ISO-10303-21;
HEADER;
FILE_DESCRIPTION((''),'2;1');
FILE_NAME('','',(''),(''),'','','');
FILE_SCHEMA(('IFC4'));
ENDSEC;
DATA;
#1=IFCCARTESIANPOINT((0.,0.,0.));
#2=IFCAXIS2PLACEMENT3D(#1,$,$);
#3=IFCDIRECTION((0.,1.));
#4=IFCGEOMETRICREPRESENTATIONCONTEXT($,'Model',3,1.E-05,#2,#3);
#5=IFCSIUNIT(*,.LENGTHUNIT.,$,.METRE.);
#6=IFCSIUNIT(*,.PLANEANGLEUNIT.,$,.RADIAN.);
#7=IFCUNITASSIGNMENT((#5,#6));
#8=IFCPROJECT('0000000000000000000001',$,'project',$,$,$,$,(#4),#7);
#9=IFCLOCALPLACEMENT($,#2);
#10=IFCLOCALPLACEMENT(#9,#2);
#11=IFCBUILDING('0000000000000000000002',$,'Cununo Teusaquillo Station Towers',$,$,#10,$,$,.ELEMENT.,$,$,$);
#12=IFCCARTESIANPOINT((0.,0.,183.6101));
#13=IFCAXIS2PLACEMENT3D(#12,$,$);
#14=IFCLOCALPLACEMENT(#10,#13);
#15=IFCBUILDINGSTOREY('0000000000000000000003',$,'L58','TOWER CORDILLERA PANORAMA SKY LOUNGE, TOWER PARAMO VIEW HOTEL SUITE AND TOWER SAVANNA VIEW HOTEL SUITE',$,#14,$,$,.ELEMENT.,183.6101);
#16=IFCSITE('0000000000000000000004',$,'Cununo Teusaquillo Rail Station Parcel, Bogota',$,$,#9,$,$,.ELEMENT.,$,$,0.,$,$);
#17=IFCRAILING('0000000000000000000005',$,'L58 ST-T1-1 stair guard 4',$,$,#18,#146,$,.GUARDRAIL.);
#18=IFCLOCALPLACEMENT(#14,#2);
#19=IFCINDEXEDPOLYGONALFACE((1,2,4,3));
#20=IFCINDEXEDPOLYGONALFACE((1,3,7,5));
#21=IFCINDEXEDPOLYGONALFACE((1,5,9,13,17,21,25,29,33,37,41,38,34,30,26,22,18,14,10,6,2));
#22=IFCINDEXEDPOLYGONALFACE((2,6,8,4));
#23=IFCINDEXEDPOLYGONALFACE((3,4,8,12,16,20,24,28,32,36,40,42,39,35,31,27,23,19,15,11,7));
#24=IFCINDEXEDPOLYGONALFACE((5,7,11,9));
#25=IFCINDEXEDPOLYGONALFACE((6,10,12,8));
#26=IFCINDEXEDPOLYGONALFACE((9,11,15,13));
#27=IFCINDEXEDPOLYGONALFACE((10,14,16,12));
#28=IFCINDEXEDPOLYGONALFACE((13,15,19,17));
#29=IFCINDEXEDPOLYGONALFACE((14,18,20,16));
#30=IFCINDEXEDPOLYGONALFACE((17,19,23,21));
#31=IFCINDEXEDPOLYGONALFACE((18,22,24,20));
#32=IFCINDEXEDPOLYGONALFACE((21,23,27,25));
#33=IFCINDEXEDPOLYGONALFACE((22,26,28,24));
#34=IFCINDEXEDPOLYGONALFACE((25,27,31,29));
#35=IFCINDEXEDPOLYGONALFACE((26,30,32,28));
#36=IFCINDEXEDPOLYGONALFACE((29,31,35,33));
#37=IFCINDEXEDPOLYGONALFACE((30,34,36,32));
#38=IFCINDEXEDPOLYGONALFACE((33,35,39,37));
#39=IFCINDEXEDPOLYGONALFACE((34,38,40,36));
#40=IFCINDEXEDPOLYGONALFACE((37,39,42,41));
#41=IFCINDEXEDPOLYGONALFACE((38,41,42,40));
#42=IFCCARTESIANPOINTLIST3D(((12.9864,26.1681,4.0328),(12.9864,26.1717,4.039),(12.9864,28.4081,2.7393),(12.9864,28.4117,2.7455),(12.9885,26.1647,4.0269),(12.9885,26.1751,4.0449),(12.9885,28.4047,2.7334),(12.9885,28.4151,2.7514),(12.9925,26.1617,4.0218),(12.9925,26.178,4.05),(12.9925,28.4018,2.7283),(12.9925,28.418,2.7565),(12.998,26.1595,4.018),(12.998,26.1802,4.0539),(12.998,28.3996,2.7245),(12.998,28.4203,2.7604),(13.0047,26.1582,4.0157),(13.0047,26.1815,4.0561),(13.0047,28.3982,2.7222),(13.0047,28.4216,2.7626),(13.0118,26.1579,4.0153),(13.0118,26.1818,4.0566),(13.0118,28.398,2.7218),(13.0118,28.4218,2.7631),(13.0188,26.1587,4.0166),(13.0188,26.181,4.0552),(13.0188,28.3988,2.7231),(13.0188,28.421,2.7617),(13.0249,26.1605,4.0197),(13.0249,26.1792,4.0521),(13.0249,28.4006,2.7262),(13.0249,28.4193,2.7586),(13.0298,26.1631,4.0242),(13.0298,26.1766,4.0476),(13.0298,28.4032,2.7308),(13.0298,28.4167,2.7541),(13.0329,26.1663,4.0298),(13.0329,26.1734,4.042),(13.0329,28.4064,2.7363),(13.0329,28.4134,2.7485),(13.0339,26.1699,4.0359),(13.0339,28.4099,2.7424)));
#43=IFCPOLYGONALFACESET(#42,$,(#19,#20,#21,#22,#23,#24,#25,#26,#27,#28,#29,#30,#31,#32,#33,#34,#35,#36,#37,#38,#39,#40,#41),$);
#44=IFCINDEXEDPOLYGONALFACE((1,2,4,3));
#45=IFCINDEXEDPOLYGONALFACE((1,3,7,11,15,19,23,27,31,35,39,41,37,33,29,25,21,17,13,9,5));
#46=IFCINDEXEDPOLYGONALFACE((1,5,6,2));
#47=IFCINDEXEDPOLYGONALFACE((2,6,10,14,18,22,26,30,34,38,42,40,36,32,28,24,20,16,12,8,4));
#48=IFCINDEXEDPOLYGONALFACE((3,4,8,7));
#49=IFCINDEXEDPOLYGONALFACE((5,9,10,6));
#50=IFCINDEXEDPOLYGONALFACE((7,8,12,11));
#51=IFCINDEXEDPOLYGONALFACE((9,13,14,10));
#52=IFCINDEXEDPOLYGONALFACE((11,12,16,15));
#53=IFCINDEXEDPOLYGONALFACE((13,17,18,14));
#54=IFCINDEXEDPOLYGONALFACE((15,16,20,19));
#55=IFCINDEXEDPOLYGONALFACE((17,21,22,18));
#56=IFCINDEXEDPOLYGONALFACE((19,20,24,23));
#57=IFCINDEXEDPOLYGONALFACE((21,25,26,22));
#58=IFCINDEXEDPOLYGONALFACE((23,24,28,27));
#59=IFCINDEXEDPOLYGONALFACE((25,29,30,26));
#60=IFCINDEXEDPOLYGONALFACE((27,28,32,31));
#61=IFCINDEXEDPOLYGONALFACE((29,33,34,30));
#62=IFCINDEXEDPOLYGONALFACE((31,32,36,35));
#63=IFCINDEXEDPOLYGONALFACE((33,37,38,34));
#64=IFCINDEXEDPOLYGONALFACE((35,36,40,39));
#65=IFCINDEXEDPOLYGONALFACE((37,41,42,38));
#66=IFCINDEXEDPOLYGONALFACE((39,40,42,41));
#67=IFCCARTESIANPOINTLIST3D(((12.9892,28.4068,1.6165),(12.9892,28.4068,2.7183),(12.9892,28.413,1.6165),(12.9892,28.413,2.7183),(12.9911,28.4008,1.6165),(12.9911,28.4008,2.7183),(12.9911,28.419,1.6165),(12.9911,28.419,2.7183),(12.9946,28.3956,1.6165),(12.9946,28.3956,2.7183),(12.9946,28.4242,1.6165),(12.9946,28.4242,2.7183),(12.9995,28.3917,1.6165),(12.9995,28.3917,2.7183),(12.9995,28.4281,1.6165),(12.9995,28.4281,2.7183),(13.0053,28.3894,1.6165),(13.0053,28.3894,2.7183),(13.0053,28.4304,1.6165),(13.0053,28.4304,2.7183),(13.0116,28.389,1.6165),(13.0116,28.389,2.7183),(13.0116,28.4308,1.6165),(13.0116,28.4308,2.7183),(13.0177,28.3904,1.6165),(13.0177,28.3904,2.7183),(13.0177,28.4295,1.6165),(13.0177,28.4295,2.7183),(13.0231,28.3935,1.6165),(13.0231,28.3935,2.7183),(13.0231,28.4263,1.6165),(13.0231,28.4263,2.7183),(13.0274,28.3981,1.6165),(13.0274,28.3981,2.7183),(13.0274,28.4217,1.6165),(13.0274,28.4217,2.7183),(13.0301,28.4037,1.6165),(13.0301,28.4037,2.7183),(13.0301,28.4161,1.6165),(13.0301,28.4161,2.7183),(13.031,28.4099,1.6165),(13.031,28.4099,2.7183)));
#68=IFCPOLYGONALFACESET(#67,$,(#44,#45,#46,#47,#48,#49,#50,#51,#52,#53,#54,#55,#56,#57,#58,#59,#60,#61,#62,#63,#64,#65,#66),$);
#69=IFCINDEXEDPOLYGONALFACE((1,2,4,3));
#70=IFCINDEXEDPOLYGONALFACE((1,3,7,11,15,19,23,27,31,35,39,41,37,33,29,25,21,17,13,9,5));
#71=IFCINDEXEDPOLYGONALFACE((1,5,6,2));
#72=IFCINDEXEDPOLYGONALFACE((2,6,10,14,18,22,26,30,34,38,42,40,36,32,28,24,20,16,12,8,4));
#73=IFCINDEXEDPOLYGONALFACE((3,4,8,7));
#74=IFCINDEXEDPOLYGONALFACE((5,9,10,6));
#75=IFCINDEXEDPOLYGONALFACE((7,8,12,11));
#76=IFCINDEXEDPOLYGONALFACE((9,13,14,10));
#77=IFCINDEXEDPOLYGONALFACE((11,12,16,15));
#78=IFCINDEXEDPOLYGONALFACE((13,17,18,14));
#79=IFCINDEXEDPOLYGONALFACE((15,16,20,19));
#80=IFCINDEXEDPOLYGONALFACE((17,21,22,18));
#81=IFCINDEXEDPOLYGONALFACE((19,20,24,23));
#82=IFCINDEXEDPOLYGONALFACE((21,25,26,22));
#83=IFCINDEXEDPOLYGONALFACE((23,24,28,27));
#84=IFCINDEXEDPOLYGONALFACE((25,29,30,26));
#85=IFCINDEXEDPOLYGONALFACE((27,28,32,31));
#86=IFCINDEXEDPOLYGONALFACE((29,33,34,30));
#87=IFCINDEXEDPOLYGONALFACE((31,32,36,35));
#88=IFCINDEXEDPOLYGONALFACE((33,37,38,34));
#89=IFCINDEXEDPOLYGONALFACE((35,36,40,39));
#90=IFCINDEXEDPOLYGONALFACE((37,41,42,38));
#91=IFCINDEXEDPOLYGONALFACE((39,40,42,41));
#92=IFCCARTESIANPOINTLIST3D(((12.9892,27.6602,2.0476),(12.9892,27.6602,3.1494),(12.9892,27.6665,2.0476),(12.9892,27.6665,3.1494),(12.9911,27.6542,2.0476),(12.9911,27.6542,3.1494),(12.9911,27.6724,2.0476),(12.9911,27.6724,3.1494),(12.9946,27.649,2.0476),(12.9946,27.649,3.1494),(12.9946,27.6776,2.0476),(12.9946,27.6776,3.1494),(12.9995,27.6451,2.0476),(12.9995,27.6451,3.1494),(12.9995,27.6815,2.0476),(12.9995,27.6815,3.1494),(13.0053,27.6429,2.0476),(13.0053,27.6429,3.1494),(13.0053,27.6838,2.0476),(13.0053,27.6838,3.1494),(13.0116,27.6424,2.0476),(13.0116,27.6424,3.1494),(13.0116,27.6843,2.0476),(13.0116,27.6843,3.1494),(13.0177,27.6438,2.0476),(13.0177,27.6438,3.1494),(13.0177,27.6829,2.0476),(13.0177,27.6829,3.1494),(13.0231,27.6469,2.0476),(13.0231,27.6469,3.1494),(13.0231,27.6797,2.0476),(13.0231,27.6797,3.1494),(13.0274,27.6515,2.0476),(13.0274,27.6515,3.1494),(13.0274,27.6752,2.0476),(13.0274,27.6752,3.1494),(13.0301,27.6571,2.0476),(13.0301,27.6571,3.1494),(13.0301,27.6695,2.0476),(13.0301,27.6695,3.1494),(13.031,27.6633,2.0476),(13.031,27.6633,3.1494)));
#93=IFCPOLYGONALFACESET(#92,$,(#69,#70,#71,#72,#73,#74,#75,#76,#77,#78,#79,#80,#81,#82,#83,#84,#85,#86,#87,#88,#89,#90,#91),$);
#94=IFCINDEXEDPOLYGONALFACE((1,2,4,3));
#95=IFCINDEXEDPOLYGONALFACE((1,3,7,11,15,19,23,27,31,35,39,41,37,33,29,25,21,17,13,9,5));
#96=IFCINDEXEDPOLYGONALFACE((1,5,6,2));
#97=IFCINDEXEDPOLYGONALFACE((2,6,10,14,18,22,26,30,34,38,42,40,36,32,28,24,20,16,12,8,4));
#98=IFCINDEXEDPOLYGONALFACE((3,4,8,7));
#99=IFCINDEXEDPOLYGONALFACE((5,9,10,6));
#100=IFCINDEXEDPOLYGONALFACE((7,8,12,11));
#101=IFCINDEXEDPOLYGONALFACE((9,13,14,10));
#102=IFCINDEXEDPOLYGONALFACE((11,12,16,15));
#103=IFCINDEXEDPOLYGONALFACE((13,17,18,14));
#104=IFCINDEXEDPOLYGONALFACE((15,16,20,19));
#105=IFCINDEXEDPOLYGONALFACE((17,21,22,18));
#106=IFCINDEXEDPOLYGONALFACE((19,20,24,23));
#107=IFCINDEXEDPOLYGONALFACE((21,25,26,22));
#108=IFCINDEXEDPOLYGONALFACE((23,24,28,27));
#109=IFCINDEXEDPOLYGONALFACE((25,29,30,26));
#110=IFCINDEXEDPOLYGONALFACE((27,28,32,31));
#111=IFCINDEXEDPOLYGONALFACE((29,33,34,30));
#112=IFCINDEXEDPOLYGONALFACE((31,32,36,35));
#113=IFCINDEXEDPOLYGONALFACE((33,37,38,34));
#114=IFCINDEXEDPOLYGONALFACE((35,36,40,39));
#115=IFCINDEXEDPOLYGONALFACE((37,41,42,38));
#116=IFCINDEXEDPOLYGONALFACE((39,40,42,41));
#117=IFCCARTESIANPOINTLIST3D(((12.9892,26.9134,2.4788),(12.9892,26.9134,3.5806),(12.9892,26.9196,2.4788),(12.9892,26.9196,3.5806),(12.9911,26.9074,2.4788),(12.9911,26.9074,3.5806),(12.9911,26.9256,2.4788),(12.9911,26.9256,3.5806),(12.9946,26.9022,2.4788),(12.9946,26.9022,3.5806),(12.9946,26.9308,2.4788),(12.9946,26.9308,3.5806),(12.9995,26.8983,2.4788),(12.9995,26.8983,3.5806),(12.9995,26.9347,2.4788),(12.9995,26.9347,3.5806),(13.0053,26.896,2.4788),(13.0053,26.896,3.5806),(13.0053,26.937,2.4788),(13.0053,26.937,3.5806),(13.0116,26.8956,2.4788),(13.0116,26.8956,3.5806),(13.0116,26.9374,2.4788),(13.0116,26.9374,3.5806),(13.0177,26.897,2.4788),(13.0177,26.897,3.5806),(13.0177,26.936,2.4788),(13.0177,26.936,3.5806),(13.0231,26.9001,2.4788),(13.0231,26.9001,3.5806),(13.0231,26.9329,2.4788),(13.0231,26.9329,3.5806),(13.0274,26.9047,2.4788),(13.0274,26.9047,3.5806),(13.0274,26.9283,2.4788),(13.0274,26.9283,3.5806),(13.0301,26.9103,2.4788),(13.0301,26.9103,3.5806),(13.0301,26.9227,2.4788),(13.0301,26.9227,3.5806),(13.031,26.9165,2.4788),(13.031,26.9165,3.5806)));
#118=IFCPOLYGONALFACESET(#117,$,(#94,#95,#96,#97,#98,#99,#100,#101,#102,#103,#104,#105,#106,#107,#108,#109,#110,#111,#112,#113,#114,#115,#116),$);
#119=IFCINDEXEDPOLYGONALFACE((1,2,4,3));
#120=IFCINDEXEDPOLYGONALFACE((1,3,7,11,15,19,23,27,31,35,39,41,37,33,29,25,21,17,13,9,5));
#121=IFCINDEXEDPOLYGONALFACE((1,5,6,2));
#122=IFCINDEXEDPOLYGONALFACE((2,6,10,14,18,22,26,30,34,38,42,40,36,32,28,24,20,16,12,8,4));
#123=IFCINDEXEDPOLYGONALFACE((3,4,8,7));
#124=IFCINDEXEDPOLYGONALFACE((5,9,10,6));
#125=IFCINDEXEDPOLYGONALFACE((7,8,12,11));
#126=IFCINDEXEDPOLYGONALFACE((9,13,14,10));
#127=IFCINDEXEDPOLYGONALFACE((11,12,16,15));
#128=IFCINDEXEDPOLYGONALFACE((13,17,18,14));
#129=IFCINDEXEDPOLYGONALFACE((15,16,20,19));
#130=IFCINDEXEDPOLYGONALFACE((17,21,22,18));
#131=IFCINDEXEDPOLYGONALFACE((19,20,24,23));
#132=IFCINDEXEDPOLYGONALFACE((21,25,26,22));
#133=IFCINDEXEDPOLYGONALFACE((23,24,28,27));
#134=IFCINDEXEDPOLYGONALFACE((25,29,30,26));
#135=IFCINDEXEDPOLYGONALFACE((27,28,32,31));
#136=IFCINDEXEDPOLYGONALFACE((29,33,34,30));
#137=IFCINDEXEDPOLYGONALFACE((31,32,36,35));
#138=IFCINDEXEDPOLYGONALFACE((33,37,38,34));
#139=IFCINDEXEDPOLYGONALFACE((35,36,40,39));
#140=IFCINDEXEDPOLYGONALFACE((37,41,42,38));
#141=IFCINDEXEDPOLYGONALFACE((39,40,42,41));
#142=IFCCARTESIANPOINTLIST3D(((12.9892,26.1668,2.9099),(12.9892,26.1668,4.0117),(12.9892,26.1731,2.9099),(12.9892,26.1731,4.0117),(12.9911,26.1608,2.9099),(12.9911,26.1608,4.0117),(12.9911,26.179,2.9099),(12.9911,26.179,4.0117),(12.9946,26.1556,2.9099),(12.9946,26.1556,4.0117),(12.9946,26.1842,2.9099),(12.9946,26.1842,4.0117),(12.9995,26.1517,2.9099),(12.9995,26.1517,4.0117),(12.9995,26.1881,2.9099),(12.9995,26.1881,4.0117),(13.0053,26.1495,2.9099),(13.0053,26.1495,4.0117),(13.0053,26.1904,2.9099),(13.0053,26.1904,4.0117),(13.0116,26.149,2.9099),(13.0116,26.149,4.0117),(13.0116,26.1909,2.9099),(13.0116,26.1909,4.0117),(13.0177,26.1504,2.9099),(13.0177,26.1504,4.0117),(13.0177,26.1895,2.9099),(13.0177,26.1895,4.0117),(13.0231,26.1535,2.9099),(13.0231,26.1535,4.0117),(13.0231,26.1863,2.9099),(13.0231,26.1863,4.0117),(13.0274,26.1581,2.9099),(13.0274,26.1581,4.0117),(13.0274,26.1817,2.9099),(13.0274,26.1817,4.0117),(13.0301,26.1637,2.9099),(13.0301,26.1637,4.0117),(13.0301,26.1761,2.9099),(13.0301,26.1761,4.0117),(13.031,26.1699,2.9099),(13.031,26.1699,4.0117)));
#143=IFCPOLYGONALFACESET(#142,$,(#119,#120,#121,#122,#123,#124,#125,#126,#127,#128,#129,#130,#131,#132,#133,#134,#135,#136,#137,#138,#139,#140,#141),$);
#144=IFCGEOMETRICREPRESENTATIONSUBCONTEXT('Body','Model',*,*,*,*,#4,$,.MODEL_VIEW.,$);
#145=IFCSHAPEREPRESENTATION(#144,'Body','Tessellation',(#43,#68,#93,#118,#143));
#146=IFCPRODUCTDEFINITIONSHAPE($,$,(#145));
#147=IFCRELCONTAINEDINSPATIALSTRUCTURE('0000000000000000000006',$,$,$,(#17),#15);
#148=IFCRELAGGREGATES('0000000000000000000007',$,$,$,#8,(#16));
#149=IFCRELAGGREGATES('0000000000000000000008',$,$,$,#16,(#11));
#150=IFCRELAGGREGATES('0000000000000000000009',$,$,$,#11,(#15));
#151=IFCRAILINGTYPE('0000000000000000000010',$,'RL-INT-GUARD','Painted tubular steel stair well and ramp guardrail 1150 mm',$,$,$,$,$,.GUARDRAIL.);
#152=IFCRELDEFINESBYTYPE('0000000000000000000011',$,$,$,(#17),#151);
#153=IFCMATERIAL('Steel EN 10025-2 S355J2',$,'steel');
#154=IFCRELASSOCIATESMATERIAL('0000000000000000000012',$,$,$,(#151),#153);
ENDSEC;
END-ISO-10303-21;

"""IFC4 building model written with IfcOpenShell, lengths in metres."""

from ifc_helpers import new_model, si_unit, direction, frame, origin, origin_2d, place, context, subcontext, project, spatial, circle, extrude, material, type_object, element, save


model = new_model("IFC4")

# Units and contexts
model_context = context("Model", 3, precision=1e-05, world=origin(), true_north=direction((0.0, 1.0)))
body_context = subcontext(model_context, "Body", "Model", "MODEL_VIEW")
ifc_project = project(units=[si_unit("LENGTHUNIT", "METRE"), si_unit("PLANEANGLEUNIT", "RADIAN")], contexts=[model_context])

# Site, building, storey
site_placement = place(None, origin())
site = spatial("IfcSite", under=ifc_project, at=site_placement, Name="Cununo Teusaquillo Rail Station Parcel, Bogota", CompositionType="ELEMENT", RefElevation=0.0)
building_placement = place(site_placement, origin())
building = spatial("IfcBuilding", under=site, at=building_placement, Name="Cununo Teusaquillo Station Towers", CompositionType="ELEMENT")
storey_placement = place(building_placement, frame((0.0, 0.0, 183.6101)))
storey = spatial("IfcBuildingStorey", under=building, at=storey_placement, Name="L58", Description="TOWER CORDILLERA PANORAMA SKY LOUNGE, TOWER PARAMO VIEW HOTEL SUITE AND TOWER SAVANNA VIEW HOTEL SUITE", CompositionType="ELEMENT", Elevation=183.6101)

# Railing
ifc_material_1 = material(Name="Steel EN 10025-2 S355J2", Category="steel")
railing_type_1 = type_object("IfcRailingType", Name="RL-INT-GUARD", Description="Painted tubular steel stair well and ramp guardrail 1150 mm", PredefinedType="GUARDRAIL", material=ifc_material_1)
railing_1_placement = place(storey_placement, frame((13.01, 28.4099, 1.6165)))
element("IfcRailing", 1, at=railing_1_placement, inside=storey, type_object=railing_type_1, Name="L58 ST-T1-1 stair guard 4", PredefinedType="GUARDRAIL", context=body_context, shape_type="SweptSolid", body=[
    extrude(circle(Radius=0.0239, at=origin_2d()), frame((0.0, 0.0, 1.126), z_axis=(0.0, -0.865992, 0.500057), x_axis=(1.0, 0.0, 0.0)), (0.0, 0.0, 1.0), 2.5867),
    extrude(circle(Radius=0.021, at=origin_2d()), origin(), (0.0, 0.0, 1.0), 1.1018),
    extrude(circle(Radius=0.021, at=origin_2d()), frame((0.0, -0.7466, 0.4312)), (0.0, 0.0, 1.0), 1.1018),
    extrude(circle(Radius=0.021, at=origin_2d()), frame((0.0, -1.4934, 0.8623)), (0.0, 0.0, 1.0), 1.1018),
    extrude(circle(Radius=0.021, at=origin_2d()), frame((0.0, -2.24, 1.2935)), (0.0, 0.0, 1.0), 1.1018),
])

save(model, "model.ifc")
